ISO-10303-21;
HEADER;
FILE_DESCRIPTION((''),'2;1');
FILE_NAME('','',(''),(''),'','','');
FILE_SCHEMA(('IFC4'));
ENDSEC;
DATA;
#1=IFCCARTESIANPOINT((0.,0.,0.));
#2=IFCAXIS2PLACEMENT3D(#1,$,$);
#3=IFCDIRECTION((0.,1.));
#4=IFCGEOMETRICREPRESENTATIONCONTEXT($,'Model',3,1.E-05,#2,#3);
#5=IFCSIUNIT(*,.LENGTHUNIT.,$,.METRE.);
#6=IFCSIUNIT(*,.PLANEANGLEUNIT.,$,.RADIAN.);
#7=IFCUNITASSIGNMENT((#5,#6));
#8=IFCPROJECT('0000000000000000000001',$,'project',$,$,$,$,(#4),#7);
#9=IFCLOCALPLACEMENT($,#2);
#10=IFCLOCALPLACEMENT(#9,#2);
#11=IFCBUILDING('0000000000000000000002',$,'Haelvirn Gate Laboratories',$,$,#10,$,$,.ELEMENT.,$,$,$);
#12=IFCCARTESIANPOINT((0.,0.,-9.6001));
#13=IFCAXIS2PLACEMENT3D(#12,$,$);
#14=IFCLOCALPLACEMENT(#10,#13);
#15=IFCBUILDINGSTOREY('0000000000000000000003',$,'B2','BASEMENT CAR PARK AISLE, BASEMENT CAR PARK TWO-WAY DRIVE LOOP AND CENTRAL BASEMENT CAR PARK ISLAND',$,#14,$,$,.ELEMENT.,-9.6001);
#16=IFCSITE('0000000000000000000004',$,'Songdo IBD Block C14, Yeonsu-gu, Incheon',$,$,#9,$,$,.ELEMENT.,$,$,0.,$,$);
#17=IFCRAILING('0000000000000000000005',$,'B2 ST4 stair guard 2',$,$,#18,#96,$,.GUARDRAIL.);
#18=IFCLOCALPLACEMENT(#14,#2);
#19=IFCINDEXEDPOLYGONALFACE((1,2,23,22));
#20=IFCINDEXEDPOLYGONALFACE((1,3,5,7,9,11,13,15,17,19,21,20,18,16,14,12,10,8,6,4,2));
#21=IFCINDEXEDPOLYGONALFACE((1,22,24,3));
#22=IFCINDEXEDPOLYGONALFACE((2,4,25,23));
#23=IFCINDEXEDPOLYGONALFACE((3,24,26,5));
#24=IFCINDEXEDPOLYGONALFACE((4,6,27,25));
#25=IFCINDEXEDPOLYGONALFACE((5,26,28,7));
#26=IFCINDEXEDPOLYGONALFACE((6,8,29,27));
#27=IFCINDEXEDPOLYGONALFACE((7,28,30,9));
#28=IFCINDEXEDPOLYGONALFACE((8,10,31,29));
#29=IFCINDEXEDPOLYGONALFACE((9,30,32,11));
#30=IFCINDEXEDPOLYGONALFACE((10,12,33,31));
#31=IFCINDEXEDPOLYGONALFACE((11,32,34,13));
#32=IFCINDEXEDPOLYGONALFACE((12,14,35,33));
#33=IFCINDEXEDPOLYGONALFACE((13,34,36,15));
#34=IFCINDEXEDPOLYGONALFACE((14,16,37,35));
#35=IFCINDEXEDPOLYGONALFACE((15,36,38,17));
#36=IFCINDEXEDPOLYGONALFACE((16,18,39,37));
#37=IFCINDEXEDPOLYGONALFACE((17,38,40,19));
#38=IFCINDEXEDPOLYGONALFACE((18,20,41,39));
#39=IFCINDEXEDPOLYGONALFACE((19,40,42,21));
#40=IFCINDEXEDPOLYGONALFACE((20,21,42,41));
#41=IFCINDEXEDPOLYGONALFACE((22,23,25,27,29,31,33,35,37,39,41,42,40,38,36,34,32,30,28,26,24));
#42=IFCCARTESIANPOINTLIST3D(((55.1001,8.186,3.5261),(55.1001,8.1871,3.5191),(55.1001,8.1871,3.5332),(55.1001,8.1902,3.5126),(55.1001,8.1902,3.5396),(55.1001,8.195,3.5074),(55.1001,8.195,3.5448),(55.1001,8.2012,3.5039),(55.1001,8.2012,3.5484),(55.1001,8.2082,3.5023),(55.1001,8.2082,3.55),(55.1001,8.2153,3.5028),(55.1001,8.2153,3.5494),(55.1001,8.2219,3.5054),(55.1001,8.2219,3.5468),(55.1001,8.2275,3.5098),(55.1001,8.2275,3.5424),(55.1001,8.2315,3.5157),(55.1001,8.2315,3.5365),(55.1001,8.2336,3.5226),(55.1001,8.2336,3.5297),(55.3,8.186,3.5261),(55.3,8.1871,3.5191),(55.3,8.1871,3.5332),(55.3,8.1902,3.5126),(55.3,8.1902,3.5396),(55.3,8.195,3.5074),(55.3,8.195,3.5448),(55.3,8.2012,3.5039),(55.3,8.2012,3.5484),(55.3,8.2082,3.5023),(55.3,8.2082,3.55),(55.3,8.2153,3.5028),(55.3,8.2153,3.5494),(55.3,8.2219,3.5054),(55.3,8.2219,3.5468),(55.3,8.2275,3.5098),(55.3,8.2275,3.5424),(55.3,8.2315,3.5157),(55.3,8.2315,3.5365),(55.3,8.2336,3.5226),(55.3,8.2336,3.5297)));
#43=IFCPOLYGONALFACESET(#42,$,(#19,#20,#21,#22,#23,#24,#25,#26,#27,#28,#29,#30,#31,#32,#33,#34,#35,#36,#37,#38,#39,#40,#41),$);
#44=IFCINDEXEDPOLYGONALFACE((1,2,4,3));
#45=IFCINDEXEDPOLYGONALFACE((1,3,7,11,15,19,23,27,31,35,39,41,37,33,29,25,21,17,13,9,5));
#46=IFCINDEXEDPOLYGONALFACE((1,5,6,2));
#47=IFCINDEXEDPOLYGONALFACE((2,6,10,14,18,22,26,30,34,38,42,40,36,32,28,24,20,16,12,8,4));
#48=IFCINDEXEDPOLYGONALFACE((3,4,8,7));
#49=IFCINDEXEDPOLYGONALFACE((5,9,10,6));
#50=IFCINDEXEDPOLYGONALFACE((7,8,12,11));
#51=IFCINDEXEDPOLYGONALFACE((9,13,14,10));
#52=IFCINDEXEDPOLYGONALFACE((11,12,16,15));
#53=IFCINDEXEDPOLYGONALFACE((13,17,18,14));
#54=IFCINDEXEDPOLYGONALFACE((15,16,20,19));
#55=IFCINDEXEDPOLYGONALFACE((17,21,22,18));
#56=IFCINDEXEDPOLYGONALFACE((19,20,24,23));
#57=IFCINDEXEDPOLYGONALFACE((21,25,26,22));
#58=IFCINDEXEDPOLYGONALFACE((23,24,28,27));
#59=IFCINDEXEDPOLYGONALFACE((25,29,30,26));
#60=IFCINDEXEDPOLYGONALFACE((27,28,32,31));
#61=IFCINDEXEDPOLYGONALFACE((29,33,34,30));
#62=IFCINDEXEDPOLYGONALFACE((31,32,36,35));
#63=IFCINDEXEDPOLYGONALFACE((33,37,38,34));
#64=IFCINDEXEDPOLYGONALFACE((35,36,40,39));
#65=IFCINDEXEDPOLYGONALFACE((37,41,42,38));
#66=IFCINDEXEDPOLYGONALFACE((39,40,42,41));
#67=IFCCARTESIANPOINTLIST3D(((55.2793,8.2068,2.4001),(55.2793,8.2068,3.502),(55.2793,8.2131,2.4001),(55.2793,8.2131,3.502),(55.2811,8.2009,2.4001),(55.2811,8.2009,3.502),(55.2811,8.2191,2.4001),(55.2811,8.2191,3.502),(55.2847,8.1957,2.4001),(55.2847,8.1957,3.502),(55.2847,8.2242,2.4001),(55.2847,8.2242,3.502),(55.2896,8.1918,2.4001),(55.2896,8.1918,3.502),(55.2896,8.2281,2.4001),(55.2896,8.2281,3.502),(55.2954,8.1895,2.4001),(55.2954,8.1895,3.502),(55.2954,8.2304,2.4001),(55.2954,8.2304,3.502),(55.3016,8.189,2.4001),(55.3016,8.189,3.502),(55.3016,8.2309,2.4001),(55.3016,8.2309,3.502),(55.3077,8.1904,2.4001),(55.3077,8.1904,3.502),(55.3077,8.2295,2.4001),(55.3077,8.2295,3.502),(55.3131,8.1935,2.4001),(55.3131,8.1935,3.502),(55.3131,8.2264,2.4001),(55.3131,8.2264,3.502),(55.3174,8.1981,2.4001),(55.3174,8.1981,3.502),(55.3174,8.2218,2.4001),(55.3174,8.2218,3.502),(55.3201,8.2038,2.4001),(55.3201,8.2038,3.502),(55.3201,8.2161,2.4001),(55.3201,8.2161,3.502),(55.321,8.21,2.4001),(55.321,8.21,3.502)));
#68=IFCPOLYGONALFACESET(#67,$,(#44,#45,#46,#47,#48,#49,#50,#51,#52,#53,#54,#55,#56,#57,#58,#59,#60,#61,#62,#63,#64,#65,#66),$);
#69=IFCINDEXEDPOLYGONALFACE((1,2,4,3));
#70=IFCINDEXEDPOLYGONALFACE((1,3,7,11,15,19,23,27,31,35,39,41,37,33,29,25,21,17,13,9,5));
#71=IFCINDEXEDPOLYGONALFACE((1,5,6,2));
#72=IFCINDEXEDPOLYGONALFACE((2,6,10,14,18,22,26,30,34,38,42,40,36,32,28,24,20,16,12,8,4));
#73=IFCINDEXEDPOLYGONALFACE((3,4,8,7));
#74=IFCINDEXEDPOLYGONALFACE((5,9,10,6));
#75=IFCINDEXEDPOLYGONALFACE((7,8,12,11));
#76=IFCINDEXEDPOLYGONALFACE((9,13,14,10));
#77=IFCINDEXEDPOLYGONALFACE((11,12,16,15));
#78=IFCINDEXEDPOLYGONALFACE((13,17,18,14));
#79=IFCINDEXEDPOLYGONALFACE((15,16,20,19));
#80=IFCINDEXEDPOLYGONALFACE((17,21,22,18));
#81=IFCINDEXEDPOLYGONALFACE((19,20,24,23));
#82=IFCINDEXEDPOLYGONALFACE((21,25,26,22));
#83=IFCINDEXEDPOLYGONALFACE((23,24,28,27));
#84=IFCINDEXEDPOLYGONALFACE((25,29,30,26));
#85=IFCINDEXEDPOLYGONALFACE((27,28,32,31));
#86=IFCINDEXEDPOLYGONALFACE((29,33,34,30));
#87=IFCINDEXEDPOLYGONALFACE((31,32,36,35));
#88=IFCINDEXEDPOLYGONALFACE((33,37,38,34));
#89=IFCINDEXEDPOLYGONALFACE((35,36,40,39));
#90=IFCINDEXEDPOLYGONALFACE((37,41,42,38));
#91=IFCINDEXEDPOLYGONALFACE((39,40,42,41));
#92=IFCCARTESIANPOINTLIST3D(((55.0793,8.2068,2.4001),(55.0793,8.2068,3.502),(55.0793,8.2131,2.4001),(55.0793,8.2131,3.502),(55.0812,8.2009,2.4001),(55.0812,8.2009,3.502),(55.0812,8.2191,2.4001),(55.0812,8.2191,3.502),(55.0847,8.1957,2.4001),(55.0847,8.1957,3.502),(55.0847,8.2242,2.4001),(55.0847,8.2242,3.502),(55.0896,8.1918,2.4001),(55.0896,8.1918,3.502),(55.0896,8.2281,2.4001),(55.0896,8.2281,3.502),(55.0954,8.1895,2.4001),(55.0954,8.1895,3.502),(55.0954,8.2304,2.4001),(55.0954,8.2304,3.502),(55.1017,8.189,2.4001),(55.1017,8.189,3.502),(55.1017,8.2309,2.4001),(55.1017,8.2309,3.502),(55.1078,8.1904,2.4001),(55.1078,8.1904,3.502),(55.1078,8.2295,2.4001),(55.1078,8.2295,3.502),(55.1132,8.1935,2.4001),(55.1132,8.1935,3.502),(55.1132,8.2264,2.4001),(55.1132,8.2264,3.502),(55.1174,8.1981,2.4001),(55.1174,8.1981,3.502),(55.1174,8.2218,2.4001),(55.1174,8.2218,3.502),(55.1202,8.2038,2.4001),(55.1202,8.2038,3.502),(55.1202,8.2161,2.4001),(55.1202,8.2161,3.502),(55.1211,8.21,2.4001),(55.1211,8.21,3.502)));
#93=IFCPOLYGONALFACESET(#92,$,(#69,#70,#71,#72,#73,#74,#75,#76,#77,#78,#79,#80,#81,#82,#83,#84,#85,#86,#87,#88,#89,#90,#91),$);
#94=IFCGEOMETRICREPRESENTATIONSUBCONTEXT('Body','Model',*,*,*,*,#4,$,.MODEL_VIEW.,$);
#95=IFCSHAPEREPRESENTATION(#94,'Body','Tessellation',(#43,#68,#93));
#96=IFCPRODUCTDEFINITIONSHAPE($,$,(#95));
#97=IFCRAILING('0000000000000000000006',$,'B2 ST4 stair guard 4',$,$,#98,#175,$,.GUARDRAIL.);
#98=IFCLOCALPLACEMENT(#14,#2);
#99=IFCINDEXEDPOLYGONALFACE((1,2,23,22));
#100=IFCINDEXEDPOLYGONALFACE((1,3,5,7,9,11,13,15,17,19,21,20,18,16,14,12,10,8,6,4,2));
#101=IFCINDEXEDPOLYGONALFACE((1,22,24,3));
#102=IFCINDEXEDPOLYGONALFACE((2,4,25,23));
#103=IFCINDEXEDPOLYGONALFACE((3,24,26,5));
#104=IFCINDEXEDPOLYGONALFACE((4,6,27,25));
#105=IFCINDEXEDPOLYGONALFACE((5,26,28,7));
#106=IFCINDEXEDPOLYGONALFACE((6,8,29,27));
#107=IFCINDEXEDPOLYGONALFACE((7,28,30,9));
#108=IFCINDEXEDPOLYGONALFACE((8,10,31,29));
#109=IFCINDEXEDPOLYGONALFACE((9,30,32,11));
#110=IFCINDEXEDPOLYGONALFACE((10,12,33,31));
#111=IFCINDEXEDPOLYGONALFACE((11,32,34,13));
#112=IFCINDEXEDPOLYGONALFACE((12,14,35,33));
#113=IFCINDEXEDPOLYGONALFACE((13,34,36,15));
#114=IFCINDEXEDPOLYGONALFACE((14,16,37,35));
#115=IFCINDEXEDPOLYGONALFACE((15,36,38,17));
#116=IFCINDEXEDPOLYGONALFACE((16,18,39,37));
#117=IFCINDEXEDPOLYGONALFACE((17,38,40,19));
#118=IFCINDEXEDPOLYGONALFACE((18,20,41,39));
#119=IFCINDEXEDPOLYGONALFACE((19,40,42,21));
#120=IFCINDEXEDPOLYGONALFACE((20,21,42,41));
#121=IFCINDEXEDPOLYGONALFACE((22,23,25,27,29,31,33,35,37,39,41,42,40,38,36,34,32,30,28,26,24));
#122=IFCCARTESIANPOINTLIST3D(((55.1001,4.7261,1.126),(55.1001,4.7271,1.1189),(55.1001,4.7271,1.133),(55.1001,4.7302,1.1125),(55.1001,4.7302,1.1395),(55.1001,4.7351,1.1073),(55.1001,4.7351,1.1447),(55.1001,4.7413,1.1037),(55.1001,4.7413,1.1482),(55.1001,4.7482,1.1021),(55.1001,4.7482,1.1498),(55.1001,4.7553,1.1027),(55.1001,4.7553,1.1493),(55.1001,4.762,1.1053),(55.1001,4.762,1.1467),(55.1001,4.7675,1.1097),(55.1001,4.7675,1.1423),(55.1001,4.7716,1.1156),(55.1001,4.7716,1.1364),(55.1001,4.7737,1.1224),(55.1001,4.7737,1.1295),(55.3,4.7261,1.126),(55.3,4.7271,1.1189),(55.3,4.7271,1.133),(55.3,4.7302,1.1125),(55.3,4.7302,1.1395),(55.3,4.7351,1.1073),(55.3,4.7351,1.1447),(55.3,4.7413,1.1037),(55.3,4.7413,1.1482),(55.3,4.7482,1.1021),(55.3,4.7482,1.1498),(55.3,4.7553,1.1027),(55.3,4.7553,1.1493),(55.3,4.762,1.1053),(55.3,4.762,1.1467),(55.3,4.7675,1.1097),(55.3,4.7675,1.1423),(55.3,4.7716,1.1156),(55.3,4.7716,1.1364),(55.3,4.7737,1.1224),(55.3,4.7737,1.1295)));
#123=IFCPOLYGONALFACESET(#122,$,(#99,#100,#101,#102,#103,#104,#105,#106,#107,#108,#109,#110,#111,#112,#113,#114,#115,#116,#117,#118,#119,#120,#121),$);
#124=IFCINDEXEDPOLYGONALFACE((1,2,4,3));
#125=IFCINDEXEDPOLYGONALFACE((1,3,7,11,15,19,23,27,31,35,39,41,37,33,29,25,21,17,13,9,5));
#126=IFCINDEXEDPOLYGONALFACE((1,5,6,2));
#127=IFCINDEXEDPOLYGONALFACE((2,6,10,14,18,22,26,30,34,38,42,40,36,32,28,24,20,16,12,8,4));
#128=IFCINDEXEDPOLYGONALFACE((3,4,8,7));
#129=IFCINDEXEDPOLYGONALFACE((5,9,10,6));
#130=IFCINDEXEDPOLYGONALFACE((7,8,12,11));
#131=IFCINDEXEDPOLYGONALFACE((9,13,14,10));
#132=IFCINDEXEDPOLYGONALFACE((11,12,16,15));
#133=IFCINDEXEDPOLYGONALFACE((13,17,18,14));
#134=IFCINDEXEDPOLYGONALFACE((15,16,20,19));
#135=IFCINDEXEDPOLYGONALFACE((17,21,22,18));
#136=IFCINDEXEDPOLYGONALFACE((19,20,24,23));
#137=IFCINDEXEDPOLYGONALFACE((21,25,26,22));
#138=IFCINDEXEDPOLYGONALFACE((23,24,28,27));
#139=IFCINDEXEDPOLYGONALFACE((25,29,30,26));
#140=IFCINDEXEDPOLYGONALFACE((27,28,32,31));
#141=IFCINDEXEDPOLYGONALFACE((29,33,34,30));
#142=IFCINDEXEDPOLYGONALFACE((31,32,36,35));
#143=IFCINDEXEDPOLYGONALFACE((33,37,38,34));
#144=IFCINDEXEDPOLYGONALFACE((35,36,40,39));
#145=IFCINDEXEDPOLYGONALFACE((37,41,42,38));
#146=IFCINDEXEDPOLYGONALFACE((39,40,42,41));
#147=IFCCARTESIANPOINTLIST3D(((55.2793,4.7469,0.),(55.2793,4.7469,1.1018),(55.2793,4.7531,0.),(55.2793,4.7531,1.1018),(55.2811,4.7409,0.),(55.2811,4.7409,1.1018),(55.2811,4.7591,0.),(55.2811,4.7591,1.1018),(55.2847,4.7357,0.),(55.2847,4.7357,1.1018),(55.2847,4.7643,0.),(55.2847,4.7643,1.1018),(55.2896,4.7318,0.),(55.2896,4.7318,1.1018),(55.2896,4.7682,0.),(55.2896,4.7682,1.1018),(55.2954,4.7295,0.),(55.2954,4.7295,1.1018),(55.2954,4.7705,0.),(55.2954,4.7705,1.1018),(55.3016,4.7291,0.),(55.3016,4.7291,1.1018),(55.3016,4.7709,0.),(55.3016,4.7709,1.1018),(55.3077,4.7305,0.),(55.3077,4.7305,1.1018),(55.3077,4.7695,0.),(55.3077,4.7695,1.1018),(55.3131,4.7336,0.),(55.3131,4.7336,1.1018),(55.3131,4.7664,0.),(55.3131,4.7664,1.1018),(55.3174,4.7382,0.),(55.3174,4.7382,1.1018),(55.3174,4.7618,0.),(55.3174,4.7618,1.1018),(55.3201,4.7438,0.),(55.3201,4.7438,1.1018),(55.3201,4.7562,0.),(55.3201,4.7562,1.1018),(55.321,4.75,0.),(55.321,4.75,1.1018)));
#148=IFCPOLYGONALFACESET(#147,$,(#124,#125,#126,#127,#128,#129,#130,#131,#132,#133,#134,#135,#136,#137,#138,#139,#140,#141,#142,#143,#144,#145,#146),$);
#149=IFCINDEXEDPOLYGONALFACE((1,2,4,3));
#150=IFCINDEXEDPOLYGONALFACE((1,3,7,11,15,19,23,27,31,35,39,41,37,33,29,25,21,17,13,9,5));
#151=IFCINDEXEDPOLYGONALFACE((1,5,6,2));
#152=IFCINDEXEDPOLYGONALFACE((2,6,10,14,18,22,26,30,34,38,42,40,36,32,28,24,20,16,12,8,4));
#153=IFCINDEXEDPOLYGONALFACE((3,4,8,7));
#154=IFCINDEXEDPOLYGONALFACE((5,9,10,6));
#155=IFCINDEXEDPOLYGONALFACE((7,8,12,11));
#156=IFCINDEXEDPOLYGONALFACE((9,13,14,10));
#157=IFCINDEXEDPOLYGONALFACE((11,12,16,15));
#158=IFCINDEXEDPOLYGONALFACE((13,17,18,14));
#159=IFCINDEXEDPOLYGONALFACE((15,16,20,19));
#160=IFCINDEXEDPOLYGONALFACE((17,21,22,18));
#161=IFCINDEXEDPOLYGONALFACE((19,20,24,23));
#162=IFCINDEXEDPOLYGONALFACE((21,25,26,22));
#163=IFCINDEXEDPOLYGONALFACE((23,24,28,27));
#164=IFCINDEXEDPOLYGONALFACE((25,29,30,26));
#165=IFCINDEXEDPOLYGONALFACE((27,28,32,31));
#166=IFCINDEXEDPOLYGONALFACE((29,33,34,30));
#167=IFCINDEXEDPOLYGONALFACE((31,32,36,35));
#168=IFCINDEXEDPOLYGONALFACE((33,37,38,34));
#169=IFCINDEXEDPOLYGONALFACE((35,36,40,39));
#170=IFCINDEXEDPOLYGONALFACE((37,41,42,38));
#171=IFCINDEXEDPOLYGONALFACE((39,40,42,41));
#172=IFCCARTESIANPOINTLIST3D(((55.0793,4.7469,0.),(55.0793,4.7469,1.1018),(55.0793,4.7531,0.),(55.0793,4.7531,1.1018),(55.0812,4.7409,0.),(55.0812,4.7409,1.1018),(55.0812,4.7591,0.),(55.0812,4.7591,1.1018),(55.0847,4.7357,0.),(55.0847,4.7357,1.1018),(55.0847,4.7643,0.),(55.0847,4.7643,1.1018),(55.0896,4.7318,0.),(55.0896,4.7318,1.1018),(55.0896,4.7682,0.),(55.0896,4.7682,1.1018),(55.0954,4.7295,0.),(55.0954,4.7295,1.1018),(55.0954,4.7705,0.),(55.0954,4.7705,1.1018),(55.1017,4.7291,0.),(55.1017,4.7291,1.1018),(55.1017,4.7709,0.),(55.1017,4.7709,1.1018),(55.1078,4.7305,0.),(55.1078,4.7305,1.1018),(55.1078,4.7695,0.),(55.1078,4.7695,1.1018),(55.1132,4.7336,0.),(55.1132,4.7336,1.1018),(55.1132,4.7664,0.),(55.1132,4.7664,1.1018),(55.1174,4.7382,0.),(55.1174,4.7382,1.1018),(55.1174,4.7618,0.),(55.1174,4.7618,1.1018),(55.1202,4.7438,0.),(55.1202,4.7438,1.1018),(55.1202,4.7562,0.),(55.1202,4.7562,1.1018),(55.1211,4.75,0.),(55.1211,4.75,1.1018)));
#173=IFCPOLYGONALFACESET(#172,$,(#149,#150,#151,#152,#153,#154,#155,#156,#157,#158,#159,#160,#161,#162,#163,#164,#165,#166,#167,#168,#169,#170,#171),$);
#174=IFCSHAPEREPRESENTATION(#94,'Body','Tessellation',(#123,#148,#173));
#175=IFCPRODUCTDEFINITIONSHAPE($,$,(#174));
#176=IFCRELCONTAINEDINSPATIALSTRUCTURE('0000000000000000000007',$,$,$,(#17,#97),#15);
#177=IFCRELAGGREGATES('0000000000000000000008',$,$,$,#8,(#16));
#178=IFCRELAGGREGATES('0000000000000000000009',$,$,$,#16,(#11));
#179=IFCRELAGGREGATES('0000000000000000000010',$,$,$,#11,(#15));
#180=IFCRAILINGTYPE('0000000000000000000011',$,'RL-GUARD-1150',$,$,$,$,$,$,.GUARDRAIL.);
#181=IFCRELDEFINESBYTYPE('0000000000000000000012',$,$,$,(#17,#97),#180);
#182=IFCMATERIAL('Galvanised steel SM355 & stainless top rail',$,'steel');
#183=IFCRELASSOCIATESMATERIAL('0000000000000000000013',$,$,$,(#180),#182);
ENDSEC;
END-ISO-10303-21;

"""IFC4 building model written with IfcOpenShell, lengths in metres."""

from ifc_helpers import new_model, si_unit, direction, frame, origin, origin_2d, place, context, subcontext, project, spatial, circle, extrude, source, transform, mapped, material, type_object, element, save


model = new_model("IFC4")

# Units and contexts
model_context = context("Model", 3, precision=1e-05, world=origin(), true_north=direction((0.0, 1.0)))
body_context = subcontext(model_context, "Body", "Model", "MODEL_VIEW")
ifc_project = project(units=[si_unit("LENGTHUNIT", "METRE"), si_unit("PLANEANGLEUNIT", "RADIAN")], contexts=[model_context])

# Site, building, storey
site_placement = place(None, origin())
site = spatial("IfcSite", under=ifc_project, at=site_placement, Name="Songdo IBD Block C14, Yeonsu-gu, Incheon", CompositionType="ELEMENT", RefElevation=0.0)
building_placement = place(site_placement, origin())
building = spatial("IfcBuilding", under=site, at=building_placement, Name="Haelvirn Gate Laboratories", CompositionType="ELEMENT")
storey_placement = place(building_placement, frame((0.0, 0.0, -9.6001)))
storey = spatial("IfcBuildingStorey", under=building, at=storey_placement, Name="B2", Description="BASEMENT CAR PARK AISLE, BASEMENT CAR PARK TWO-WAY DRIVE LOOP AND CENTRAL BASEMENT CAR PARK ISLAND", CompositionType="ELEMENT", Elevation=-9.6001)

# Railings
ifc_material_1 = material(Name="Galvanised steel SM355 & stainless top rail", Category="steel")
railing_type_1 = type_object("IfcRailingType", Name="RL-GUARD-1150", PredefinedType="GUARDRAIL", material=ifc_material_1)
shared_shape_1 = source(origin(), body_context, "Body", "SweptSolid", [
    extrude(circle(Radius=0.0239, at=origin_2d()), frame((0.0, 0.0, 1.126), z_axis=(-1.0, 0.0, 0.0), x_axis=(0.0, -1.0, 0.0)), (0.0, 0.0, 1.0), 0.2),
    extrude(circle(Radius=0.021, at=origin_2d()), origin(), (0.0, 0.0, 1.0), 1.1018),
    extrude(circle(Radius=0.021, at=origin_2d()), frame((-0.2, 0.0, 0.0)), (0.0, 0.0, 1.0), 1.1018),
])
for number, where, name in (
    (1, (55.3, 8.21, 2.4001), "B2 ST4 stair guard 2"),
    (2, (55.3, 4.75, 0.0), "B2 ST4 stair guard 4"),
):
    element("IfcRailing", number, at=place(storey_placement, frame(where)), inside=storey, type_object=railing_type_1, Name=name, PredefinedType="GUARDRAIL", context=body_context, shape_type="MappedRepresentation", body=[
        mapped(shared_shape_1, transform((0.0, 0.0, 0.0), scale=1.0)),
    ])

save(model, "model.ifc")
